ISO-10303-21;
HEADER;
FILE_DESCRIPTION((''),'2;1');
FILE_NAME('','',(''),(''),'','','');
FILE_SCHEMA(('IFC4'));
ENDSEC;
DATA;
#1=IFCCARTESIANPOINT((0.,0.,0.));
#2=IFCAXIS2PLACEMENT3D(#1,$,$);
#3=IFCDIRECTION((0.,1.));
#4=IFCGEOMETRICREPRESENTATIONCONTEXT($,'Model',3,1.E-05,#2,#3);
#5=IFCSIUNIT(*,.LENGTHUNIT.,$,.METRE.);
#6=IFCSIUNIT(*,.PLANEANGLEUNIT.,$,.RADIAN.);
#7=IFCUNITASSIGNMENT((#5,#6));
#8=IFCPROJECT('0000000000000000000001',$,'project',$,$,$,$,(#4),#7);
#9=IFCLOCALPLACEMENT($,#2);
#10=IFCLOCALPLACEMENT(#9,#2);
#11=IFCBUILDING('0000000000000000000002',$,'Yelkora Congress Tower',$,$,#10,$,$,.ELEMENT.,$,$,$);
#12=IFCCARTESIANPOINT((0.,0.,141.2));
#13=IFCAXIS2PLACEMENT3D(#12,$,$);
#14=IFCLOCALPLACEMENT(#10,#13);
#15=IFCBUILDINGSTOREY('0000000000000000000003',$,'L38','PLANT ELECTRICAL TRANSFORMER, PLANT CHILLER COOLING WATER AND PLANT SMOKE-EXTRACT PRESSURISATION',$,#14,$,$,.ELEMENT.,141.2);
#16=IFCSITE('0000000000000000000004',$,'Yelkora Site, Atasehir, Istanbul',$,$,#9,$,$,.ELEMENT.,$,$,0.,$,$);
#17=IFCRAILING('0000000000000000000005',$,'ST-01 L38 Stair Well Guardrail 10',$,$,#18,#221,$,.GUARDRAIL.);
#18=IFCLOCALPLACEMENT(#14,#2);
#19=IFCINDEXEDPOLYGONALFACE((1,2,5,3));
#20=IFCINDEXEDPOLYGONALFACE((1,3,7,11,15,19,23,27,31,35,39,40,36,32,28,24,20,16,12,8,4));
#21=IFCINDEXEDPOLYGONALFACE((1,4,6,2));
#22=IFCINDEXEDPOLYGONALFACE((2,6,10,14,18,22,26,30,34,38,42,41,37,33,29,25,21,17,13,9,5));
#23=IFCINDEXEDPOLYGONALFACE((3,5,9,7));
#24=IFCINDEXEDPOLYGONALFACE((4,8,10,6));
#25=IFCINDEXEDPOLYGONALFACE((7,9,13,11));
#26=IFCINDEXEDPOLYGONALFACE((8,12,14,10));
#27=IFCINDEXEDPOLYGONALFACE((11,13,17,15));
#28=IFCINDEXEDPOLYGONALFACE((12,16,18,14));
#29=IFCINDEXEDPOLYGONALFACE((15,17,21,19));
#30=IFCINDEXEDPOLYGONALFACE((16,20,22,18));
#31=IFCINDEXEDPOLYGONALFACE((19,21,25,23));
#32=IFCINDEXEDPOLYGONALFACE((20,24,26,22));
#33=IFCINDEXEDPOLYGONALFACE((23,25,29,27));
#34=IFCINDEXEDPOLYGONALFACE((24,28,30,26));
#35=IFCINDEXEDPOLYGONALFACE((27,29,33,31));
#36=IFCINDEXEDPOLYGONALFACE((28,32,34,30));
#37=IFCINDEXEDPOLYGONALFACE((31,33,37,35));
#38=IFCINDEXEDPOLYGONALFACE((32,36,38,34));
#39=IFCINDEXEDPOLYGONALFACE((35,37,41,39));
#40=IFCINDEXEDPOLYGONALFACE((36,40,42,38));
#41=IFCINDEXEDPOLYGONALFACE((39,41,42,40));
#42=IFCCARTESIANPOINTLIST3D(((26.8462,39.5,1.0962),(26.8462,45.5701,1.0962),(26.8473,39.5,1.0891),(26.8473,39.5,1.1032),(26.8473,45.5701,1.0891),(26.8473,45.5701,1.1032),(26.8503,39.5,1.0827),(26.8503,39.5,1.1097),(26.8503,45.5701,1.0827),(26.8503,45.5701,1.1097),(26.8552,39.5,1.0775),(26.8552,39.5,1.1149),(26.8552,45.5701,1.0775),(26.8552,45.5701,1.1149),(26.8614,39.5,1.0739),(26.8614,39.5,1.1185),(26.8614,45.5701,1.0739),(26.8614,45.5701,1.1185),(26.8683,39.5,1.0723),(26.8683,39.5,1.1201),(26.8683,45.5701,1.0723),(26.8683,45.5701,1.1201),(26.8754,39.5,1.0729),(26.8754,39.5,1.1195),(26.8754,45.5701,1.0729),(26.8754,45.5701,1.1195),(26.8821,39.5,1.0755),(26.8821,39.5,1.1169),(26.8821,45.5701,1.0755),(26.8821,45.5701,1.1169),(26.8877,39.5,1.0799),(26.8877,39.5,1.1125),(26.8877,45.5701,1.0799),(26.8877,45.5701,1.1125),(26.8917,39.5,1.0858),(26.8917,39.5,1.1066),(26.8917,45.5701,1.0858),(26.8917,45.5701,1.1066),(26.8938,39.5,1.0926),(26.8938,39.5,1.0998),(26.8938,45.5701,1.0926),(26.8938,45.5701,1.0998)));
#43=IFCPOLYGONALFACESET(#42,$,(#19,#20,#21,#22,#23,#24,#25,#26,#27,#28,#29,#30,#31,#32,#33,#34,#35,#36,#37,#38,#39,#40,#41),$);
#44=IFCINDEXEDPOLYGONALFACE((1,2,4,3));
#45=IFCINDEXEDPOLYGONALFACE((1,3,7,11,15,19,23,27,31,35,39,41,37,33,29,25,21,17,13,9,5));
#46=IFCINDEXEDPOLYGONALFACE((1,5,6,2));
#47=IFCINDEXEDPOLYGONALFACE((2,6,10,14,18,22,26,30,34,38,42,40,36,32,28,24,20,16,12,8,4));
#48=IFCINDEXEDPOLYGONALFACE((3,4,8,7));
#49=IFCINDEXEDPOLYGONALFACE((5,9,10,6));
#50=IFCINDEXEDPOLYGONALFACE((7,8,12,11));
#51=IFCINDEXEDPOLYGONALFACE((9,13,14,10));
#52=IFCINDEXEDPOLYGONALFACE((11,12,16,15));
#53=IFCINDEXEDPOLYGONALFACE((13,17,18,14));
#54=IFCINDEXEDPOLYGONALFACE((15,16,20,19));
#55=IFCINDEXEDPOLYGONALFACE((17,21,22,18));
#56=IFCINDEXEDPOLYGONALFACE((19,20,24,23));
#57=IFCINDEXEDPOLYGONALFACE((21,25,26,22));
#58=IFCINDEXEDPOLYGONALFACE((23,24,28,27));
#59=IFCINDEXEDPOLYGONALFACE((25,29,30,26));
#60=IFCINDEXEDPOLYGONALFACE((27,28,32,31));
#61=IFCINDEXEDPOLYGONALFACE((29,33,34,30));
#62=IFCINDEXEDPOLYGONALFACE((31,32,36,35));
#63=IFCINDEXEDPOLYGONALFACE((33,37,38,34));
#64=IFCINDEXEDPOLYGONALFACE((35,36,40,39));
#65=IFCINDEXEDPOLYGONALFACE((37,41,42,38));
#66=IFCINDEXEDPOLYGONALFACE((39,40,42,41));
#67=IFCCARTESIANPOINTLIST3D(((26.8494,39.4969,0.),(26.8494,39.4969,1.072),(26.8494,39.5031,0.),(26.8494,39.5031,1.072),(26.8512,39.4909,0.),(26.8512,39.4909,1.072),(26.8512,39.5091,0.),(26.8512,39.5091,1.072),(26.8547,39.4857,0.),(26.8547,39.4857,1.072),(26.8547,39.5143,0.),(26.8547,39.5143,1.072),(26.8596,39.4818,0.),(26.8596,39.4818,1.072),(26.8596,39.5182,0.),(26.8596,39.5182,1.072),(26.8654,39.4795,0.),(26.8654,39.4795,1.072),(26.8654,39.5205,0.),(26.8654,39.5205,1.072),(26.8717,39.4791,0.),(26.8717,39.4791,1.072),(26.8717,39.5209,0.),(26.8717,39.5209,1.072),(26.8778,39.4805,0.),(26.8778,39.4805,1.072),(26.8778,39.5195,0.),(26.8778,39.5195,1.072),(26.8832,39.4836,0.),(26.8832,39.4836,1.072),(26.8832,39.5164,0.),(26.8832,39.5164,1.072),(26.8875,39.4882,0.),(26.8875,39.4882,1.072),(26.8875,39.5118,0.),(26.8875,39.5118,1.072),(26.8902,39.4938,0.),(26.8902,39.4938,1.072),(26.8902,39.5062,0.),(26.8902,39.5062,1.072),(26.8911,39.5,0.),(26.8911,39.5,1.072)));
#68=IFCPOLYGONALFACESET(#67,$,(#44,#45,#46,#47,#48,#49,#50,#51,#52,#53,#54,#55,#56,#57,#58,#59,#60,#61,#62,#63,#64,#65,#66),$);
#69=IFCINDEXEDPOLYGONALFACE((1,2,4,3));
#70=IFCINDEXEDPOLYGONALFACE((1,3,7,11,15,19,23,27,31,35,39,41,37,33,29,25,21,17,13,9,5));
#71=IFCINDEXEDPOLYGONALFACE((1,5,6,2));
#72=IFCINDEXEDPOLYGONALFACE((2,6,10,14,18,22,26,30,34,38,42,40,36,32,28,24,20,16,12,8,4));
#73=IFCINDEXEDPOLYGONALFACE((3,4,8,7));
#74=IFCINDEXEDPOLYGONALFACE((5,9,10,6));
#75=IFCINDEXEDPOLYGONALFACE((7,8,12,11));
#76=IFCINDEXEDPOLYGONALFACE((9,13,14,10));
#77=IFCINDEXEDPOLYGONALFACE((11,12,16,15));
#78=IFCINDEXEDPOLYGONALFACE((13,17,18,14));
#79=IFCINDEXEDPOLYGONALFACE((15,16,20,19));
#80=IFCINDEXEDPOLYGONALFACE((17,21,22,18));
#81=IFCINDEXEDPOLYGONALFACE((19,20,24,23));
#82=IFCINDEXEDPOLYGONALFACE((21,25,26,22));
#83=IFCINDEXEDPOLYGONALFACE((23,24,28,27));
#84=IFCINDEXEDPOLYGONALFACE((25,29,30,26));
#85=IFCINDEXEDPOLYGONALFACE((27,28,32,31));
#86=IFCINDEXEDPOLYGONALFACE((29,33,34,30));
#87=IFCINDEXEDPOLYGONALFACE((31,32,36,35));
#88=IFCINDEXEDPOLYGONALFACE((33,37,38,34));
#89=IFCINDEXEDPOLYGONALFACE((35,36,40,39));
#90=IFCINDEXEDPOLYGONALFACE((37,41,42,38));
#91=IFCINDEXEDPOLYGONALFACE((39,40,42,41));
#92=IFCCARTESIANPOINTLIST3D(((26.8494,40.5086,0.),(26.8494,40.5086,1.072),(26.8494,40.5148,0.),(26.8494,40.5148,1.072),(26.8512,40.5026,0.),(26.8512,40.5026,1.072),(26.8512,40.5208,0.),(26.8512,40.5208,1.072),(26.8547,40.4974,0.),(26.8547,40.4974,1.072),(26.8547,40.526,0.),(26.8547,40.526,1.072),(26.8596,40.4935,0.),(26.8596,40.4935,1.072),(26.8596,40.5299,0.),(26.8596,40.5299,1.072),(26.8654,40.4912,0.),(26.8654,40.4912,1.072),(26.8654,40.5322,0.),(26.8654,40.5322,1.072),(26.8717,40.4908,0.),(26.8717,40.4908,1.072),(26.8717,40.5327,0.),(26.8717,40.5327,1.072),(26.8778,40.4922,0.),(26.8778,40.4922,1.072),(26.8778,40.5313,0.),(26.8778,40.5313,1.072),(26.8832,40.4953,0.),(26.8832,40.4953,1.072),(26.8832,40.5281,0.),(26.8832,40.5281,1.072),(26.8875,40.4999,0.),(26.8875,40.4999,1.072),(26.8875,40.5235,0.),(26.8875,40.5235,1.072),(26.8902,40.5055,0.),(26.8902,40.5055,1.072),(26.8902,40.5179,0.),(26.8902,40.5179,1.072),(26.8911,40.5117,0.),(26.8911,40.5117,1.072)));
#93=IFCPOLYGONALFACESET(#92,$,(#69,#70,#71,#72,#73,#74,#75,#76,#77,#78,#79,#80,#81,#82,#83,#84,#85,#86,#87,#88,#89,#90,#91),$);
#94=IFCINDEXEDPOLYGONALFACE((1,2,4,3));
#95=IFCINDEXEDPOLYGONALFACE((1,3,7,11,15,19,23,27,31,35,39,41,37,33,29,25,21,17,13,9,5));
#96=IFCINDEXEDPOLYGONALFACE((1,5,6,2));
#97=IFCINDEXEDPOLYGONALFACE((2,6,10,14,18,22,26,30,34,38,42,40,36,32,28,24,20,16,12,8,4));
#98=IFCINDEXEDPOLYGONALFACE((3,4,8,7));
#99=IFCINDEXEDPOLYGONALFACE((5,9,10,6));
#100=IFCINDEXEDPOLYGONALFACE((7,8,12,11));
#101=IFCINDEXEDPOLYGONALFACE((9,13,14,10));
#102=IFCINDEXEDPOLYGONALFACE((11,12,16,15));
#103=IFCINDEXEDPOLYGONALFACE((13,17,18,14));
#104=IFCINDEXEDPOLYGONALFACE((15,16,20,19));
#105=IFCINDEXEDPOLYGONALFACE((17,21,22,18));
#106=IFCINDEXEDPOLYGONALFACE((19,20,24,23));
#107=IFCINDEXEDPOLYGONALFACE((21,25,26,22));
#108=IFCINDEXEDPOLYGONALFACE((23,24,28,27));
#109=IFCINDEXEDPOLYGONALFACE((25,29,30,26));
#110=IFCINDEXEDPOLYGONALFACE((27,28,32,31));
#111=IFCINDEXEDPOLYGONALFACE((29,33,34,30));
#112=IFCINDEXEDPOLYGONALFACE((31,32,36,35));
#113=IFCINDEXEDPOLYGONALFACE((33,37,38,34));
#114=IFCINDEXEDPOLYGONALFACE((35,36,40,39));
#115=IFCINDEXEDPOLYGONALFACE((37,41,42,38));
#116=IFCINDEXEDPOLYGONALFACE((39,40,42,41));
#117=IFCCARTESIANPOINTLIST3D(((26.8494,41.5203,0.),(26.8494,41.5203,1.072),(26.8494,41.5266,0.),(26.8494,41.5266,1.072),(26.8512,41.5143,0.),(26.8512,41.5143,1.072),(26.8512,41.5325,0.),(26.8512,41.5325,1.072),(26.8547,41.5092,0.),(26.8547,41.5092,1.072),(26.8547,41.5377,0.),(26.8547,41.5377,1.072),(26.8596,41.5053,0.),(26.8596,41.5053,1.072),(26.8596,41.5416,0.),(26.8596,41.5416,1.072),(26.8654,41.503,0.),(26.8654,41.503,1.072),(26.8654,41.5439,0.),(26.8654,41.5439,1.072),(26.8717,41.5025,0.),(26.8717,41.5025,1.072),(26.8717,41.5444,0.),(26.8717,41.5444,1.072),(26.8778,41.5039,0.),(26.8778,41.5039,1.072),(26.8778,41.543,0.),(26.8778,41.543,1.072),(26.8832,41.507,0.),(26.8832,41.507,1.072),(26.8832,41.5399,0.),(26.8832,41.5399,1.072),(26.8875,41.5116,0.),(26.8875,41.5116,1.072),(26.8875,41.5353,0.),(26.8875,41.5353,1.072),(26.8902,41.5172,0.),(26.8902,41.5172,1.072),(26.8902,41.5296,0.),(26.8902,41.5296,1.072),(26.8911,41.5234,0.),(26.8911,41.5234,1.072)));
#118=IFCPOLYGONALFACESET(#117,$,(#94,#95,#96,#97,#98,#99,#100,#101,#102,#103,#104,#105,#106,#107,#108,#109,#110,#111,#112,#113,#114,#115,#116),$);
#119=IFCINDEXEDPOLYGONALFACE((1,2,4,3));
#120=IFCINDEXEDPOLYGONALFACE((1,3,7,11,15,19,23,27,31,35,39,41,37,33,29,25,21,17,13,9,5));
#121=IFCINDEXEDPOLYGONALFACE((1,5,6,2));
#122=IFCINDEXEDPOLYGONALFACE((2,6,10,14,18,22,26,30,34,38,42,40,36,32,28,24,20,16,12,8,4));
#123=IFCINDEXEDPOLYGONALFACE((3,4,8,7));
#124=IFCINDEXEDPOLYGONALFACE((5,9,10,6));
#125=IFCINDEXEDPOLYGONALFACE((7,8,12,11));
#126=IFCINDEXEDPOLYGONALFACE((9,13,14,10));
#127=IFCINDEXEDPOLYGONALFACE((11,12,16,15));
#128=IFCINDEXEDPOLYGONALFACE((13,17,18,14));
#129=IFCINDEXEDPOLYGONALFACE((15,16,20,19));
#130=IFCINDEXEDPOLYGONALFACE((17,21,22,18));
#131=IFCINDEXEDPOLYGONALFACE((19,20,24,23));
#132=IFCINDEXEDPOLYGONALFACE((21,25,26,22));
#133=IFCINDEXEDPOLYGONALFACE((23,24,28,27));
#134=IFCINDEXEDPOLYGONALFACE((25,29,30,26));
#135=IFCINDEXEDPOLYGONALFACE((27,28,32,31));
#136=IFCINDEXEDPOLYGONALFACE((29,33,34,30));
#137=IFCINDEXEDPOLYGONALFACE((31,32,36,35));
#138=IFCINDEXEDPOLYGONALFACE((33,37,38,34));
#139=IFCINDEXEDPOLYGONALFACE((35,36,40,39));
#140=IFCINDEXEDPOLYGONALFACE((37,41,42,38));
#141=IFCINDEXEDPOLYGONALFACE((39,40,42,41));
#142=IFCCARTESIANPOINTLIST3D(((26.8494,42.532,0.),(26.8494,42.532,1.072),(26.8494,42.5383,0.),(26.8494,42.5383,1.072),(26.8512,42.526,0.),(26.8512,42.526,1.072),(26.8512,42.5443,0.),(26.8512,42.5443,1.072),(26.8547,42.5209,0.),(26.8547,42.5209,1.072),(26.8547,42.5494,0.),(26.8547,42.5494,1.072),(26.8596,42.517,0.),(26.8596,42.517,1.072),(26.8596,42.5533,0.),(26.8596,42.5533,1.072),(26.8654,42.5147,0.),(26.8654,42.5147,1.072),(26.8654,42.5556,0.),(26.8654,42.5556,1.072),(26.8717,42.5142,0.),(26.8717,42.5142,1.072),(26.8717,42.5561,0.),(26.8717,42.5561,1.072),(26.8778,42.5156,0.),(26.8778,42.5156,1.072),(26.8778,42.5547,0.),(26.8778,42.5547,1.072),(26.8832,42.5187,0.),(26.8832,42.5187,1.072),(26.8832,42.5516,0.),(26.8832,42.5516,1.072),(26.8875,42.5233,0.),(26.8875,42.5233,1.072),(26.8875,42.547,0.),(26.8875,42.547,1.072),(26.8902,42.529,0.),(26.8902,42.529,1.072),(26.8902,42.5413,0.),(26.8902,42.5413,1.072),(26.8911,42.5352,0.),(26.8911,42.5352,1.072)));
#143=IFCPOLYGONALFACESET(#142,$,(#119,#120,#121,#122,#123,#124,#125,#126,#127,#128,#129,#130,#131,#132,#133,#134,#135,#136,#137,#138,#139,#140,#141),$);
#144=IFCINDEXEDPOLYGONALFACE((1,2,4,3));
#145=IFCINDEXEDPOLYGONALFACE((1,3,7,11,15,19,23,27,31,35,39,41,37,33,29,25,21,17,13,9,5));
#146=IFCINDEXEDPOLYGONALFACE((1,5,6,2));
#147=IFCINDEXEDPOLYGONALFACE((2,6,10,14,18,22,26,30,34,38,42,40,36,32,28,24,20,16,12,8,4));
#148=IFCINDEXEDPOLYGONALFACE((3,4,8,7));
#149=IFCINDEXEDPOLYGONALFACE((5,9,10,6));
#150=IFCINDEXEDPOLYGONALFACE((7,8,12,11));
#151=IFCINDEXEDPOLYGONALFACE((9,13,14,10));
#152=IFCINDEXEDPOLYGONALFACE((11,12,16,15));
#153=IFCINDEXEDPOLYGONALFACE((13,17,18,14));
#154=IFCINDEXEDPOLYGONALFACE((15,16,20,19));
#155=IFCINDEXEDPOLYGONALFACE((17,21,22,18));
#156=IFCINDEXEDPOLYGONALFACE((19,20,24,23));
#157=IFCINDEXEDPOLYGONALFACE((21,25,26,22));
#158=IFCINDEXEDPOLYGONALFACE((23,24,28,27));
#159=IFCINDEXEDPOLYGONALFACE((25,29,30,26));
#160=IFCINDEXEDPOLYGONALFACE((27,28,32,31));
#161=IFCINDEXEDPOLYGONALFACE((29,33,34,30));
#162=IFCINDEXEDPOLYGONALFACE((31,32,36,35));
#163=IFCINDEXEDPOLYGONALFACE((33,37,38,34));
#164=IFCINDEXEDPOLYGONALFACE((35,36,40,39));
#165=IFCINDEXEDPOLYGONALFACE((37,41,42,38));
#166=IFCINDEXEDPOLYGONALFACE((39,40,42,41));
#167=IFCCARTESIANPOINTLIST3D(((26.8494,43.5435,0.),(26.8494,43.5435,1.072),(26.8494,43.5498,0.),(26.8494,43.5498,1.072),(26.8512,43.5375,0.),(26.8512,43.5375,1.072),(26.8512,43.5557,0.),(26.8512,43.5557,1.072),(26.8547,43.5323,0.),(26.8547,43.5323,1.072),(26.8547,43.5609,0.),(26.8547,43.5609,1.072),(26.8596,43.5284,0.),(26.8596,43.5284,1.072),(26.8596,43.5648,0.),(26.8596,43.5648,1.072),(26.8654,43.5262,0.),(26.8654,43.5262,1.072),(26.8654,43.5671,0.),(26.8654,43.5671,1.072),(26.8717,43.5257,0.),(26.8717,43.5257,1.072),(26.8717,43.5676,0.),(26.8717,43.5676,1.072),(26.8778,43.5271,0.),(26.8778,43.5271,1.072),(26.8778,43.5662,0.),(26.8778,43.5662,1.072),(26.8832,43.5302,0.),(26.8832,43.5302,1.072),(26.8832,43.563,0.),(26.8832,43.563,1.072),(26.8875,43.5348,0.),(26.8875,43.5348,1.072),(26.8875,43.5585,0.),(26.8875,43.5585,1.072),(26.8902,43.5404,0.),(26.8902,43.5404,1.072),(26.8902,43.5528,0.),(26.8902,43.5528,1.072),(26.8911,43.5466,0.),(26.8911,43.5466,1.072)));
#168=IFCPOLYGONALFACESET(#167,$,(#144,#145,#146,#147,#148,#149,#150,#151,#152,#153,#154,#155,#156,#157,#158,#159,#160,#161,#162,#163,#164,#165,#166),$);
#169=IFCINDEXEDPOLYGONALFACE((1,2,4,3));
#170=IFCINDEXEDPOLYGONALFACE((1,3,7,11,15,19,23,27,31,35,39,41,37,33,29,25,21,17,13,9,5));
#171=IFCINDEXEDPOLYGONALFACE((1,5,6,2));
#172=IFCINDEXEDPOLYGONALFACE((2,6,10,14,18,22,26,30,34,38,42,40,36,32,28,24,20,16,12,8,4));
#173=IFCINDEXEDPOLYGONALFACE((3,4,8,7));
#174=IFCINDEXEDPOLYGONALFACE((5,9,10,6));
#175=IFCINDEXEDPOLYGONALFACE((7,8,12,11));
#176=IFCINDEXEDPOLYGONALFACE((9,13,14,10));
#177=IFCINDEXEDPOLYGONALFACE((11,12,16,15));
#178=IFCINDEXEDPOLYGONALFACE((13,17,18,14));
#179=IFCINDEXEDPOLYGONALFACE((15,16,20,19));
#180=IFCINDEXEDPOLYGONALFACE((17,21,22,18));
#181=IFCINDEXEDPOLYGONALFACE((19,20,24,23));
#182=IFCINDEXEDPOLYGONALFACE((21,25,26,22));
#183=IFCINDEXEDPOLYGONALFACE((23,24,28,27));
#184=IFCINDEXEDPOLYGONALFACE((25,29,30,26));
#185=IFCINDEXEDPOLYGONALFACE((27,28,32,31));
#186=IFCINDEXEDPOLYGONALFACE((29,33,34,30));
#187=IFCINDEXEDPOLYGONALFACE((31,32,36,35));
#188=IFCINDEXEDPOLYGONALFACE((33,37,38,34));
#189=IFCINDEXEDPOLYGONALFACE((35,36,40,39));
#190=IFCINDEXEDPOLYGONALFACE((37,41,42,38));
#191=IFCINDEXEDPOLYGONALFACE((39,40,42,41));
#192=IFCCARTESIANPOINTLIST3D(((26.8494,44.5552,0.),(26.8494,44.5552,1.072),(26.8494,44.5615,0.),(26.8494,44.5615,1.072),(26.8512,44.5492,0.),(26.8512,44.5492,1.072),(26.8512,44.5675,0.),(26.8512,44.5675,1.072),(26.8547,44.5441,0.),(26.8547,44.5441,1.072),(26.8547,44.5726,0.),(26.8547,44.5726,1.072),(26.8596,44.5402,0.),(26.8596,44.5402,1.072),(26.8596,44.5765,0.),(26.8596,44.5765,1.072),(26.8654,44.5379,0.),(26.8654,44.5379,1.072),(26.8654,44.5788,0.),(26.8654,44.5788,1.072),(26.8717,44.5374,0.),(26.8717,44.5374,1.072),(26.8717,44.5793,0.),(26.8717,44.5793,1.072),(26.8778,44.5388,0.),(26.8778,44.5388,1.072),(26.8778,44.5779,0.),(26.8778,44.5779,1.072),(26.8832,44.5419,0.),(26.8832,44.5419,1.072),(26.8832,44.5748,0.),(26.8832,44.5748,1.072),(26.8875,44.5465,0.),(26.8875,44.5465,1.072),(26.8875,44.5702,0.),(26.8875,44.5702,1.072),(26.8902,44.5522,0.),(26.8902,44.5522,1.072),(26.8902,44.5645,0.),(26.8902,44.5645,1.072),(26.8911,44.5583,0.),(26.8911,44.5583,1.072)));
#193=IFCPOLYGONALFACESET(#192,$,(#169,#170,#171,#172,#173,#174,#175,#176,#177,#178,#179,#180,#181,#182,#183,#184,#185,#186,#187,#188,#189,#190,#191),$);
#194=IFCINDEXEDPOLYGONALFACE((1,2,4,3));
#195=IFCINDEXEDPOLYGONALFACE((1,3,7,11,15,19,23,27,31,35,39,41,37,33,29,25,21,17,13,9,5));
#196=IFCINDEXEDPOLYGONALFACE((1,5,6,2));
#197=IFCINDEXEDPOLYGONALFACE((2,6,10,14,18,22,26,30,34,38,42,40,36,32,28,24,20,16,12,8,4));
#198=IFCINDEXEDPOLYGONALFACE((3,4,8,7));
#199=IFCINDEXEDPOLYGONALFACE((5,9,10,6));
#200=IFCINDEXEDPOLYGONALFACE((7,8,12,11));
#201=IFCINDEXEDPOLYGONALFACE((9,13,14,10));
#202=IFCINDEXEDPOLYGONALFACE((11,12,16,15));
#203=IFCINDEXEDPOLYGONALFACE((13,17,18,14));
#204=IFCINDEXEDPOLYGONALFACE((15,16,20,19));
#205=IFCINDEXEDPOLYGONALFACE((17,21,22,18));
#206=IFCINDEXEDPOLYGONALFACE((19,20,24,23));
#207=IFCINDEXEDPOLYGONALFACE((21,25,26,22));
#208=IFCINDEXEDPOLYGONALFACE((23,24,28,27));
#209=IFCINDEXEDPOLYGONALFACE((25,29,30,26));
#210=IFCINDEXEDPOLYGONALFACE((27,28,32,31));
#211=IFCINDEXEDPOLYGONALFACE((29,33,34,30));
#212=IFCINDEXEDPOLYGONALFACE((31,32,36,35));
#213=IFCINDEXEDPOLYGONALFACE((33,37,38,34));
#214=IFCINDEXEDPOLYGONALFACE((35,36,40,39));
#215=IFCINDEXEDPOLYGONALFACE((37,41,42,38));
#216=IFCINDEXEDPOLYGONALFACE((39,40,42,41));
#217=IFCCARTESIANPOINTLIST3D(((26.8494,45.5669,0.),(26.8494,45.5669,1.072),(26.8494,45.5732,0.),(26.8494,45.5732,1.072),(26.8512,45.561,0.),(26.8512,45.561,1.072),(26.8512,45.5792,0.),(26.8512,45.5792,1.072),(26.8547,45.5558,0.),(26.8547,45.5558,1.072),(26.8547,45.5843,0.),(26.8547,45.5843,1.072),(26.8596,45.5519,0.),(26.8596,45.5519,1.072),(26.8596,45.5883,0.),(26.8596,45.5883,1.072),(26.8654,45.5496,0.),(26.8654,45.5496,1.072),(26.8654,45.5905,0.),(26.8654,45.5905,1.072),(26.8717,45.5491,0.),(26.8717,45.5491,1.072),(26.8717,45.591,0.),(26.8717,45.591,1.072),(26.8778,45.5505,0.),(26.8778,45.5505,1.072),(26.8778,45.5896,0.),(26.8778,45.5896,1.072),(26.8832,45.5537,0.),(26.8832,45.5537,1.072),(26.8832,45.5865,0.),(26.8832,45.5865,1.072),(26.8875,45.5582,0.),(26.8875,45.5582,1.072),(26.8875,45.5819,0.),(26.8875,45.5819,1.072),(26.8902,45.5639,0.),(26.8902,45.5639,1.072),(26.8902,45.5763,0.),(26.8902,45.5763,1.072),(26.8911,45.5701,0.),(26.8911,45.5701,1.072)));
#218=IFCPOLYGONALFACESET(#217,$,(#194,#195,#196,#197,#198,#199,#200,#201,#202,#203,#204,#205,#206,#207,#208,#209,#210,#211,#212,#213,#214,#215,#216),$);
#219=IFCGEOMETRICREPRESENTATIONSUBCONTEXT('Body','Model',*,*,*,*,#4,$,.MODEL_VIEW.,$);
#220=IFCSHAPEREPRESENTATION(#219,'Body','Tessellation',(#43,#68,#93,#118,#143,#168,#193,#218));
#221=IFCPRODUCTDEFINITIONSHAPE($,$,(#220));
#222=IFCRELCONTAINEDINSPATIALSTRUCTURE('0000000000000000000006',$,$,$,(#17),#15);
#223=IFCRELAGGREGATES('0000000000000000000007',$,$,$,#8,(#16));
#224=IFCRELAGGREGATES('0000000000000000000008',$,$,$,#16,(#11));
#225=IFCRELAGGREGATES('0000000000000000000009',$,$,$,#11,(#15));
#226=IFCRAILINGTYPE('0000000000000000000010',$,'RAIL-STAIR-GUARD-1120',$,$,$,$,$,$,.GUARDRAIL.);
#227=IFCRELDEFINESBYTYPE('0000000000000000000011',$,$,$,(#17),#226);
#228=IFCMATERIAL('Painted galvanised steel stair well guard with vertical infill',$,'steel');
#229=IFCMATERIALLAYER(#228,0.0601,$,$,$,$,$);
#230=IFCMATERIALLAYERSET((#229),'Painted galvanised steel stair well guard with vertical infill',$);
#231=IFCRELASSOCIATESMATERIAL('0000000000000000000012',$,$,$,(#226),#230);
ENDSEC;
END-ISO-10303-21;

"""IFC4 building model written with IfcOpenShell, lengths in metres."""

from ifc_helpers import new_model, si_unit, direction, frame, origin, origin_2d, place, context, subcontext, project, spatial, circle, extrude, material, layer, layer_set, type_object, element, save


model = new_model("IFC4")

# Units and contexts
model_context = context("Model", 3, precision=1e-05, world=origin(), true_north=direction((0.0, 1.0)))
body_context = subcontext(model_context, "Body", "Model", "MODEL_VIEW")
ifc_project = project(units=[si_unit("LENGTHUNIT", "METRE"), si_unit("PLANEANGLEUNIT", "RADIAN")], contexts=[model_context])

# Site, building, storey
site_placement = place(None, origin())
site = spatial("IfcSite", under=ifc_project, at=site_placement, Name="Yelkora Site, Atasehir, Istanbul", CompositionType="ELEMENT", RefElevation=0.0)
building_placement = place(site_placement, origin())
building = spatial("IfcBuilding", under=site, at=building_placement, Name="Yelkora Congress Tower", CompositionType="ELEMENT")
storey_placement = place(building_placement, frame((0.0, 0.0, 141.2)))
storey = spatial("IfcBuildingStorey", under=building, at=storey_placement, Name="L38", Description="PLANT ELECTRICAL TRANSFORMER, PLANT CHILLER COOLING WATER AND PLANT SMOKE-EXTRACT PRESSURISATION", CompositionType="ELEMENT", Elevation=141.2)

# Railing
ifc_material_1 = material(Name="Painted galvanised steel stair well guard with vertical infill", Category="steel")
ifc_layer_1 = layer(ifc_material_1, 0.0601)
ifc_layer_set_1 = layer_set([ifc_layer_1], Name="Painted galvanised steel stair well guard with vertical infill")
railing_type_1 = type_object("IfcRailingType", Name="RAIL-STAIR-GUARD-1120", PredefinedType="GUARDRAIL", material=ifc_layer_set_1)
railing_1_placement = place(storey_placement, frame((26.8701, 39.5, 0.0)))
element("IfcRailing", 1, at=railing_1_placement, inside=storey, type_object=railing_type_1, Name="ST-01 L38 Stair Well Guardrail 10", PredefinedType="GUARDRAIL", context=body_context, shape_type="SweptSolid", body=[
    extrude(circle(Radius=0.0239, at=origin_2d()), frame((0.0, 0.0, 1.0962), z_axis=(0.0, 1.0, 0.0), x_axis=(-1.0, 0.0, 0.0)), (0.0, 0.0, 1.0), 6.0701),
    extrude(circle(Radius=0.021, at=origin_2d()), origin(), (0.0, 0.0, 1.0), 1.072),
    extrude(circle(Radius=0.021, at=origin_2d()), frame((0.0, 1.0117, 0.0)), (0.0, 0.0, 1.0), 1.072),
    extrude(circle(Radius=0.021, at=origin_2d()), frame((0.0, 2.0234, 0.0)), (0.0, 0.0, 1.0), 1.072),
    extrude(circle(Radius=0.021, at=origin_2d()), frame((0.0, 3.0352, 0.0)), (0.0, 0.0, 1.0), 1.072),
    extrude(circle(Radius=0.021, at=origin_2d()), frame((0.0, 4.0466, 0.0)), (0.0, 0.0, 1.0), 1.072),
    extrude(circle(Radius=0.021, at=origin_2d()), frame((0.0, 5.0583, 0.0)), (0.0, 0.0, 1.0), 1.072),
    extrude(circle(Radius=0.021, at=origin_2d()), frame((0.0, 6.0701, 0.0)), (0.0, 0.0, 1.0), 1.072),
])

save(model, "model.ifc")
